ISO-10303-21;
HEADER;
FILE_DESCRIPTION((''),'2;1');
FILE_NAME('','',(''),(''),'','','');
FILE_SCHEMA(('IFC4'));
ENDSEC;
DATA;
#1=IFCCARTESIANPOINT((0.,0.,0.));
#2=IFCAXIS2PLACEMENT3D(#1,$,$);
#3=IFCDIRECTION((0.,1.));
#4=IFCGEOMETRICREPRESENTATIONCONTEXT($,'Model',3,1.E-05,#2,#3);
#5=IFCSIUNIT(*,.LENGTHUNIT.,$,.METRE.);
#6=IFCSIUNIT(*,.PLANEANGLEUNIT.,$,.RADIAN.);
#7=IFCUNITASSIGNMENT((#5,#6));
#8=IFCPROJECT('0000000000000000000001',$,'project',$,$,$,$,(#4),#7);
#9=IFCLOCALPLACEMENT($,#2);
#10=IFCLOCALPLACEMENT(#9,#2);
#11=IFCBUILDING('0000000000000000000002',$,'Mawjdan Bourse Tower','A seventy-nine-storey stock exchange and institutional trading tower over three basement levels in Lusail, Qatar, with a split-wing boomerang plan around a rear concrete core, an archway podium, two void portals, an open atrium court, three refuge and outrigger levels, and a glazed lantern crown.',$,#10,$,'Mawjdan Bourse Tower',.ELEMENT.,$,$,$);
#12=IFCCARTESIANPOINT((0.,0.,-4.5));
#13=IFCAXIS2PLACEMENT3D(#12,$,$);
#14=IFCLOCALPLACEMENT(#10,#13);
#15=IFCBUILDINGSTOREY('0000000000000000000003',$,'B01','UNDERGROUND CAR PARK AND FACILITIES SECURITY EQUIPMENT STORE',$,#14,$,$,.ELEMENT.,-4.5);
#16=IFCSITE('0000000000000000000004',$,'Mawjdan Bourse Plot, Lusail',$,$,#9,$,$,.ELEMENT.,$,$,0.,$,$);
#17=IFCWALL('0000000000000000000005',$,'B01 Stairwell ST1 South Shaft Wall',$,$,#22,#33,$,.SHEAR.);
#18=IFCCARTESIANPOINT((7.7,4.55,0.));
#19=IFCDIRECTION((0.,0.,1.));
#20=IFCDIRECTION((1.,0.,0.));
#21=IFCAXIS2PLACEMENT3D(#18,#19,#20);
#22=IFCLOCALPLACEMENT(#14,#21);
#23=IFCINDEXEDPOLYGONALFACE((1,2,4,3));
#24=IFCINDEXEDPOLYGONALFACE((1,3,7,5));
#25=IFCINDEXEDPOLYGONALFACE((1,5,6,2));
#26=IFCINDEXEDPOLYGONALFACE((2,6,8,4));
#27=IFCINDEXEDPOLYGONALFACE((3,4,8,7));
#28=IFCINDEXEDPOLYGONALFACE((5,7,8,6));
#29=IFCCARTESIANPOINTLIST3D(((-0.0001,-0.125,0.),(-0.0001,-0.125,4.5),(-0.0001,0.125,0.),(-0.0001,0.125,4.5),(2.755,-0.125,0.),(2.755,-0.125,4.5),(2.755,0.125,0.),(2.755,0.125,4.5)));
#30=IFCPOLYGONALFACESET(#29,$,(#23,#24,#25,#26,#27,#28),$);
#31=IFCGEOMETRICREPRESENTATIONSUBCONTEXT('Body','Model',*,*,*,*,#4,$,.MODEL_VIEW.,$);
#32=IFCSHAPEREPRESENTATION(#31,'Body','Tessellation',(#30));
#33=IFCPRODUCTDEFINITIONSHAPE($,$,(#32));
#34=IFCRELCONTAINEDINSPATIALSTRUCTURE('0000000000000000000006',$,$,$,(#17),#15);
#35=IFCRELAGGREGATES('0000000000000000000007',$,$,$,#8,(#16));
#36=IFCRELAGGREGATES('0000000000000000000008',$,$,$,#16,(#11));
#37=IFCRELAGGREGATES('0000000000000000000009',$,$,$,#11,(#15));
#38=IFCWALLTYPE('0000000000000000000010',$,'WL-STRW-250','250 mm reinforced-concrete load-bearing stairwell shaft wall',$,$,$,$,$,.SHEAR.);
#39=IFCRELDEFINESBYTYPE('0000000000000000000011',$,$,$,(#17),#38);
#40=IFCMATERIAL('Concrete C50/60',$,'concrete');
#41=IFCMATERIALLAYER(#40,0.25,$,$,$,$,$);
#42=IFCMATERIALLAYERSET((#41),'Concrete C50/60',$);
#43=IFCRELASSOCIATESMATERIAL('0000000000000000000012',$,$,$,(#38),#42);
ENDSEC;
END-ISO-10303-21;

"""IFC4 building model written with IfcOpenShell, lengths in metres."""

from ifc_helpers import new_model, si_unit, direction, frame, frame_2d, origin, place, context, subcontext, project, spatial, rectangle, extrude, material, layer, layer_set, type_object, element, save


model = new_model("IFC4")

# Units and contexts
model_context = context("Model", 3, precision=1e-05, world=origin(), true_north=direction((0.0, 1.0)))
body_context = subcontext(model_context, "Body", "Model", "MODEL_VIEW")
ifc_project = project(units=[si_unit("LENGTHUNIT", "METRE"), si_unit("PLANEANGLEUNIT", "RADIAN")], contexts=[model_context])

# Site, building, storey
site_placement = place(None, origin())
site = spatial("IfcSite", under=ifc_project, at=site_placement, Name="Mawjdan Bourse Plot, Lusail", CompositionType="ELEMENT", RefElevation=0.0)
building_placement = place(site_placement, origin())
building = spatial("IfcBuilding", under=site, at=building_placement, Name="Mawjdan Bourse Tower", Description="A seventy-nine-storey stock exchange and institutional trading tower over three basement levels in Lusail, Qatar, with a split-wing boomerang plan around a rear concrete core, an archway podium, two void portals, an open atrium court, three refuge and outrigger levels, and a glazed lantern crown.", LongName="Mawjdan Bourse Tower", CompositionType="ELEMENT")
storey_placement = place(building_placement, frame((0.0, 0.0, -4.5)))
storey = spatial("IfcBuildingStorey", under=building, at=storey_placement, Name="B01", Description="UNDERGROUND CAR PARK AND FACILITIES SECURITY EQUIPMENT STORE", CompositionType="ELEMENT", Elevation=-4.5)

# Wall
ifc_material_1 = material(Name="Concrete C50/60", Category="concrete")
ifc_layer_1 = layer(ifc_material_1, 0.25)
ifc_layer_set_1 = layer_set([ifc_layer_1], Name="Concrete C50/60")
wall_type_1 = type_object("IfcWallType", Name="WL-STRW-250", Description="250 mm reinforced-concrete load-bearing stairwell shaft wall", PredefinedType="SHEAR", material=ifc_layer_set_1)
wall_1_placement = place(storey_placement, frame((7.7, 4.55, 0.0), z_axis=(0.0, 0.0, 1.0), x_axis=(1.0, 0.0, 0.0)))
element("IfcWall", 1, at=wall_1_placement, inside=storey, type_object=wall_type_1, Name="B01 Stairwell ST1 South Shaft Wall", PredefinedType="SHEAR", context=body_context, shape_type="SweptSolid", body=[
    extrude(rectangle(XDim=2.7551, YDim=0.25, at=frame_2d((1.3774, 0.0))), origin(), (0.0, 0.0, 1.0), 4.5),
])

save(model, "model.ifc")
